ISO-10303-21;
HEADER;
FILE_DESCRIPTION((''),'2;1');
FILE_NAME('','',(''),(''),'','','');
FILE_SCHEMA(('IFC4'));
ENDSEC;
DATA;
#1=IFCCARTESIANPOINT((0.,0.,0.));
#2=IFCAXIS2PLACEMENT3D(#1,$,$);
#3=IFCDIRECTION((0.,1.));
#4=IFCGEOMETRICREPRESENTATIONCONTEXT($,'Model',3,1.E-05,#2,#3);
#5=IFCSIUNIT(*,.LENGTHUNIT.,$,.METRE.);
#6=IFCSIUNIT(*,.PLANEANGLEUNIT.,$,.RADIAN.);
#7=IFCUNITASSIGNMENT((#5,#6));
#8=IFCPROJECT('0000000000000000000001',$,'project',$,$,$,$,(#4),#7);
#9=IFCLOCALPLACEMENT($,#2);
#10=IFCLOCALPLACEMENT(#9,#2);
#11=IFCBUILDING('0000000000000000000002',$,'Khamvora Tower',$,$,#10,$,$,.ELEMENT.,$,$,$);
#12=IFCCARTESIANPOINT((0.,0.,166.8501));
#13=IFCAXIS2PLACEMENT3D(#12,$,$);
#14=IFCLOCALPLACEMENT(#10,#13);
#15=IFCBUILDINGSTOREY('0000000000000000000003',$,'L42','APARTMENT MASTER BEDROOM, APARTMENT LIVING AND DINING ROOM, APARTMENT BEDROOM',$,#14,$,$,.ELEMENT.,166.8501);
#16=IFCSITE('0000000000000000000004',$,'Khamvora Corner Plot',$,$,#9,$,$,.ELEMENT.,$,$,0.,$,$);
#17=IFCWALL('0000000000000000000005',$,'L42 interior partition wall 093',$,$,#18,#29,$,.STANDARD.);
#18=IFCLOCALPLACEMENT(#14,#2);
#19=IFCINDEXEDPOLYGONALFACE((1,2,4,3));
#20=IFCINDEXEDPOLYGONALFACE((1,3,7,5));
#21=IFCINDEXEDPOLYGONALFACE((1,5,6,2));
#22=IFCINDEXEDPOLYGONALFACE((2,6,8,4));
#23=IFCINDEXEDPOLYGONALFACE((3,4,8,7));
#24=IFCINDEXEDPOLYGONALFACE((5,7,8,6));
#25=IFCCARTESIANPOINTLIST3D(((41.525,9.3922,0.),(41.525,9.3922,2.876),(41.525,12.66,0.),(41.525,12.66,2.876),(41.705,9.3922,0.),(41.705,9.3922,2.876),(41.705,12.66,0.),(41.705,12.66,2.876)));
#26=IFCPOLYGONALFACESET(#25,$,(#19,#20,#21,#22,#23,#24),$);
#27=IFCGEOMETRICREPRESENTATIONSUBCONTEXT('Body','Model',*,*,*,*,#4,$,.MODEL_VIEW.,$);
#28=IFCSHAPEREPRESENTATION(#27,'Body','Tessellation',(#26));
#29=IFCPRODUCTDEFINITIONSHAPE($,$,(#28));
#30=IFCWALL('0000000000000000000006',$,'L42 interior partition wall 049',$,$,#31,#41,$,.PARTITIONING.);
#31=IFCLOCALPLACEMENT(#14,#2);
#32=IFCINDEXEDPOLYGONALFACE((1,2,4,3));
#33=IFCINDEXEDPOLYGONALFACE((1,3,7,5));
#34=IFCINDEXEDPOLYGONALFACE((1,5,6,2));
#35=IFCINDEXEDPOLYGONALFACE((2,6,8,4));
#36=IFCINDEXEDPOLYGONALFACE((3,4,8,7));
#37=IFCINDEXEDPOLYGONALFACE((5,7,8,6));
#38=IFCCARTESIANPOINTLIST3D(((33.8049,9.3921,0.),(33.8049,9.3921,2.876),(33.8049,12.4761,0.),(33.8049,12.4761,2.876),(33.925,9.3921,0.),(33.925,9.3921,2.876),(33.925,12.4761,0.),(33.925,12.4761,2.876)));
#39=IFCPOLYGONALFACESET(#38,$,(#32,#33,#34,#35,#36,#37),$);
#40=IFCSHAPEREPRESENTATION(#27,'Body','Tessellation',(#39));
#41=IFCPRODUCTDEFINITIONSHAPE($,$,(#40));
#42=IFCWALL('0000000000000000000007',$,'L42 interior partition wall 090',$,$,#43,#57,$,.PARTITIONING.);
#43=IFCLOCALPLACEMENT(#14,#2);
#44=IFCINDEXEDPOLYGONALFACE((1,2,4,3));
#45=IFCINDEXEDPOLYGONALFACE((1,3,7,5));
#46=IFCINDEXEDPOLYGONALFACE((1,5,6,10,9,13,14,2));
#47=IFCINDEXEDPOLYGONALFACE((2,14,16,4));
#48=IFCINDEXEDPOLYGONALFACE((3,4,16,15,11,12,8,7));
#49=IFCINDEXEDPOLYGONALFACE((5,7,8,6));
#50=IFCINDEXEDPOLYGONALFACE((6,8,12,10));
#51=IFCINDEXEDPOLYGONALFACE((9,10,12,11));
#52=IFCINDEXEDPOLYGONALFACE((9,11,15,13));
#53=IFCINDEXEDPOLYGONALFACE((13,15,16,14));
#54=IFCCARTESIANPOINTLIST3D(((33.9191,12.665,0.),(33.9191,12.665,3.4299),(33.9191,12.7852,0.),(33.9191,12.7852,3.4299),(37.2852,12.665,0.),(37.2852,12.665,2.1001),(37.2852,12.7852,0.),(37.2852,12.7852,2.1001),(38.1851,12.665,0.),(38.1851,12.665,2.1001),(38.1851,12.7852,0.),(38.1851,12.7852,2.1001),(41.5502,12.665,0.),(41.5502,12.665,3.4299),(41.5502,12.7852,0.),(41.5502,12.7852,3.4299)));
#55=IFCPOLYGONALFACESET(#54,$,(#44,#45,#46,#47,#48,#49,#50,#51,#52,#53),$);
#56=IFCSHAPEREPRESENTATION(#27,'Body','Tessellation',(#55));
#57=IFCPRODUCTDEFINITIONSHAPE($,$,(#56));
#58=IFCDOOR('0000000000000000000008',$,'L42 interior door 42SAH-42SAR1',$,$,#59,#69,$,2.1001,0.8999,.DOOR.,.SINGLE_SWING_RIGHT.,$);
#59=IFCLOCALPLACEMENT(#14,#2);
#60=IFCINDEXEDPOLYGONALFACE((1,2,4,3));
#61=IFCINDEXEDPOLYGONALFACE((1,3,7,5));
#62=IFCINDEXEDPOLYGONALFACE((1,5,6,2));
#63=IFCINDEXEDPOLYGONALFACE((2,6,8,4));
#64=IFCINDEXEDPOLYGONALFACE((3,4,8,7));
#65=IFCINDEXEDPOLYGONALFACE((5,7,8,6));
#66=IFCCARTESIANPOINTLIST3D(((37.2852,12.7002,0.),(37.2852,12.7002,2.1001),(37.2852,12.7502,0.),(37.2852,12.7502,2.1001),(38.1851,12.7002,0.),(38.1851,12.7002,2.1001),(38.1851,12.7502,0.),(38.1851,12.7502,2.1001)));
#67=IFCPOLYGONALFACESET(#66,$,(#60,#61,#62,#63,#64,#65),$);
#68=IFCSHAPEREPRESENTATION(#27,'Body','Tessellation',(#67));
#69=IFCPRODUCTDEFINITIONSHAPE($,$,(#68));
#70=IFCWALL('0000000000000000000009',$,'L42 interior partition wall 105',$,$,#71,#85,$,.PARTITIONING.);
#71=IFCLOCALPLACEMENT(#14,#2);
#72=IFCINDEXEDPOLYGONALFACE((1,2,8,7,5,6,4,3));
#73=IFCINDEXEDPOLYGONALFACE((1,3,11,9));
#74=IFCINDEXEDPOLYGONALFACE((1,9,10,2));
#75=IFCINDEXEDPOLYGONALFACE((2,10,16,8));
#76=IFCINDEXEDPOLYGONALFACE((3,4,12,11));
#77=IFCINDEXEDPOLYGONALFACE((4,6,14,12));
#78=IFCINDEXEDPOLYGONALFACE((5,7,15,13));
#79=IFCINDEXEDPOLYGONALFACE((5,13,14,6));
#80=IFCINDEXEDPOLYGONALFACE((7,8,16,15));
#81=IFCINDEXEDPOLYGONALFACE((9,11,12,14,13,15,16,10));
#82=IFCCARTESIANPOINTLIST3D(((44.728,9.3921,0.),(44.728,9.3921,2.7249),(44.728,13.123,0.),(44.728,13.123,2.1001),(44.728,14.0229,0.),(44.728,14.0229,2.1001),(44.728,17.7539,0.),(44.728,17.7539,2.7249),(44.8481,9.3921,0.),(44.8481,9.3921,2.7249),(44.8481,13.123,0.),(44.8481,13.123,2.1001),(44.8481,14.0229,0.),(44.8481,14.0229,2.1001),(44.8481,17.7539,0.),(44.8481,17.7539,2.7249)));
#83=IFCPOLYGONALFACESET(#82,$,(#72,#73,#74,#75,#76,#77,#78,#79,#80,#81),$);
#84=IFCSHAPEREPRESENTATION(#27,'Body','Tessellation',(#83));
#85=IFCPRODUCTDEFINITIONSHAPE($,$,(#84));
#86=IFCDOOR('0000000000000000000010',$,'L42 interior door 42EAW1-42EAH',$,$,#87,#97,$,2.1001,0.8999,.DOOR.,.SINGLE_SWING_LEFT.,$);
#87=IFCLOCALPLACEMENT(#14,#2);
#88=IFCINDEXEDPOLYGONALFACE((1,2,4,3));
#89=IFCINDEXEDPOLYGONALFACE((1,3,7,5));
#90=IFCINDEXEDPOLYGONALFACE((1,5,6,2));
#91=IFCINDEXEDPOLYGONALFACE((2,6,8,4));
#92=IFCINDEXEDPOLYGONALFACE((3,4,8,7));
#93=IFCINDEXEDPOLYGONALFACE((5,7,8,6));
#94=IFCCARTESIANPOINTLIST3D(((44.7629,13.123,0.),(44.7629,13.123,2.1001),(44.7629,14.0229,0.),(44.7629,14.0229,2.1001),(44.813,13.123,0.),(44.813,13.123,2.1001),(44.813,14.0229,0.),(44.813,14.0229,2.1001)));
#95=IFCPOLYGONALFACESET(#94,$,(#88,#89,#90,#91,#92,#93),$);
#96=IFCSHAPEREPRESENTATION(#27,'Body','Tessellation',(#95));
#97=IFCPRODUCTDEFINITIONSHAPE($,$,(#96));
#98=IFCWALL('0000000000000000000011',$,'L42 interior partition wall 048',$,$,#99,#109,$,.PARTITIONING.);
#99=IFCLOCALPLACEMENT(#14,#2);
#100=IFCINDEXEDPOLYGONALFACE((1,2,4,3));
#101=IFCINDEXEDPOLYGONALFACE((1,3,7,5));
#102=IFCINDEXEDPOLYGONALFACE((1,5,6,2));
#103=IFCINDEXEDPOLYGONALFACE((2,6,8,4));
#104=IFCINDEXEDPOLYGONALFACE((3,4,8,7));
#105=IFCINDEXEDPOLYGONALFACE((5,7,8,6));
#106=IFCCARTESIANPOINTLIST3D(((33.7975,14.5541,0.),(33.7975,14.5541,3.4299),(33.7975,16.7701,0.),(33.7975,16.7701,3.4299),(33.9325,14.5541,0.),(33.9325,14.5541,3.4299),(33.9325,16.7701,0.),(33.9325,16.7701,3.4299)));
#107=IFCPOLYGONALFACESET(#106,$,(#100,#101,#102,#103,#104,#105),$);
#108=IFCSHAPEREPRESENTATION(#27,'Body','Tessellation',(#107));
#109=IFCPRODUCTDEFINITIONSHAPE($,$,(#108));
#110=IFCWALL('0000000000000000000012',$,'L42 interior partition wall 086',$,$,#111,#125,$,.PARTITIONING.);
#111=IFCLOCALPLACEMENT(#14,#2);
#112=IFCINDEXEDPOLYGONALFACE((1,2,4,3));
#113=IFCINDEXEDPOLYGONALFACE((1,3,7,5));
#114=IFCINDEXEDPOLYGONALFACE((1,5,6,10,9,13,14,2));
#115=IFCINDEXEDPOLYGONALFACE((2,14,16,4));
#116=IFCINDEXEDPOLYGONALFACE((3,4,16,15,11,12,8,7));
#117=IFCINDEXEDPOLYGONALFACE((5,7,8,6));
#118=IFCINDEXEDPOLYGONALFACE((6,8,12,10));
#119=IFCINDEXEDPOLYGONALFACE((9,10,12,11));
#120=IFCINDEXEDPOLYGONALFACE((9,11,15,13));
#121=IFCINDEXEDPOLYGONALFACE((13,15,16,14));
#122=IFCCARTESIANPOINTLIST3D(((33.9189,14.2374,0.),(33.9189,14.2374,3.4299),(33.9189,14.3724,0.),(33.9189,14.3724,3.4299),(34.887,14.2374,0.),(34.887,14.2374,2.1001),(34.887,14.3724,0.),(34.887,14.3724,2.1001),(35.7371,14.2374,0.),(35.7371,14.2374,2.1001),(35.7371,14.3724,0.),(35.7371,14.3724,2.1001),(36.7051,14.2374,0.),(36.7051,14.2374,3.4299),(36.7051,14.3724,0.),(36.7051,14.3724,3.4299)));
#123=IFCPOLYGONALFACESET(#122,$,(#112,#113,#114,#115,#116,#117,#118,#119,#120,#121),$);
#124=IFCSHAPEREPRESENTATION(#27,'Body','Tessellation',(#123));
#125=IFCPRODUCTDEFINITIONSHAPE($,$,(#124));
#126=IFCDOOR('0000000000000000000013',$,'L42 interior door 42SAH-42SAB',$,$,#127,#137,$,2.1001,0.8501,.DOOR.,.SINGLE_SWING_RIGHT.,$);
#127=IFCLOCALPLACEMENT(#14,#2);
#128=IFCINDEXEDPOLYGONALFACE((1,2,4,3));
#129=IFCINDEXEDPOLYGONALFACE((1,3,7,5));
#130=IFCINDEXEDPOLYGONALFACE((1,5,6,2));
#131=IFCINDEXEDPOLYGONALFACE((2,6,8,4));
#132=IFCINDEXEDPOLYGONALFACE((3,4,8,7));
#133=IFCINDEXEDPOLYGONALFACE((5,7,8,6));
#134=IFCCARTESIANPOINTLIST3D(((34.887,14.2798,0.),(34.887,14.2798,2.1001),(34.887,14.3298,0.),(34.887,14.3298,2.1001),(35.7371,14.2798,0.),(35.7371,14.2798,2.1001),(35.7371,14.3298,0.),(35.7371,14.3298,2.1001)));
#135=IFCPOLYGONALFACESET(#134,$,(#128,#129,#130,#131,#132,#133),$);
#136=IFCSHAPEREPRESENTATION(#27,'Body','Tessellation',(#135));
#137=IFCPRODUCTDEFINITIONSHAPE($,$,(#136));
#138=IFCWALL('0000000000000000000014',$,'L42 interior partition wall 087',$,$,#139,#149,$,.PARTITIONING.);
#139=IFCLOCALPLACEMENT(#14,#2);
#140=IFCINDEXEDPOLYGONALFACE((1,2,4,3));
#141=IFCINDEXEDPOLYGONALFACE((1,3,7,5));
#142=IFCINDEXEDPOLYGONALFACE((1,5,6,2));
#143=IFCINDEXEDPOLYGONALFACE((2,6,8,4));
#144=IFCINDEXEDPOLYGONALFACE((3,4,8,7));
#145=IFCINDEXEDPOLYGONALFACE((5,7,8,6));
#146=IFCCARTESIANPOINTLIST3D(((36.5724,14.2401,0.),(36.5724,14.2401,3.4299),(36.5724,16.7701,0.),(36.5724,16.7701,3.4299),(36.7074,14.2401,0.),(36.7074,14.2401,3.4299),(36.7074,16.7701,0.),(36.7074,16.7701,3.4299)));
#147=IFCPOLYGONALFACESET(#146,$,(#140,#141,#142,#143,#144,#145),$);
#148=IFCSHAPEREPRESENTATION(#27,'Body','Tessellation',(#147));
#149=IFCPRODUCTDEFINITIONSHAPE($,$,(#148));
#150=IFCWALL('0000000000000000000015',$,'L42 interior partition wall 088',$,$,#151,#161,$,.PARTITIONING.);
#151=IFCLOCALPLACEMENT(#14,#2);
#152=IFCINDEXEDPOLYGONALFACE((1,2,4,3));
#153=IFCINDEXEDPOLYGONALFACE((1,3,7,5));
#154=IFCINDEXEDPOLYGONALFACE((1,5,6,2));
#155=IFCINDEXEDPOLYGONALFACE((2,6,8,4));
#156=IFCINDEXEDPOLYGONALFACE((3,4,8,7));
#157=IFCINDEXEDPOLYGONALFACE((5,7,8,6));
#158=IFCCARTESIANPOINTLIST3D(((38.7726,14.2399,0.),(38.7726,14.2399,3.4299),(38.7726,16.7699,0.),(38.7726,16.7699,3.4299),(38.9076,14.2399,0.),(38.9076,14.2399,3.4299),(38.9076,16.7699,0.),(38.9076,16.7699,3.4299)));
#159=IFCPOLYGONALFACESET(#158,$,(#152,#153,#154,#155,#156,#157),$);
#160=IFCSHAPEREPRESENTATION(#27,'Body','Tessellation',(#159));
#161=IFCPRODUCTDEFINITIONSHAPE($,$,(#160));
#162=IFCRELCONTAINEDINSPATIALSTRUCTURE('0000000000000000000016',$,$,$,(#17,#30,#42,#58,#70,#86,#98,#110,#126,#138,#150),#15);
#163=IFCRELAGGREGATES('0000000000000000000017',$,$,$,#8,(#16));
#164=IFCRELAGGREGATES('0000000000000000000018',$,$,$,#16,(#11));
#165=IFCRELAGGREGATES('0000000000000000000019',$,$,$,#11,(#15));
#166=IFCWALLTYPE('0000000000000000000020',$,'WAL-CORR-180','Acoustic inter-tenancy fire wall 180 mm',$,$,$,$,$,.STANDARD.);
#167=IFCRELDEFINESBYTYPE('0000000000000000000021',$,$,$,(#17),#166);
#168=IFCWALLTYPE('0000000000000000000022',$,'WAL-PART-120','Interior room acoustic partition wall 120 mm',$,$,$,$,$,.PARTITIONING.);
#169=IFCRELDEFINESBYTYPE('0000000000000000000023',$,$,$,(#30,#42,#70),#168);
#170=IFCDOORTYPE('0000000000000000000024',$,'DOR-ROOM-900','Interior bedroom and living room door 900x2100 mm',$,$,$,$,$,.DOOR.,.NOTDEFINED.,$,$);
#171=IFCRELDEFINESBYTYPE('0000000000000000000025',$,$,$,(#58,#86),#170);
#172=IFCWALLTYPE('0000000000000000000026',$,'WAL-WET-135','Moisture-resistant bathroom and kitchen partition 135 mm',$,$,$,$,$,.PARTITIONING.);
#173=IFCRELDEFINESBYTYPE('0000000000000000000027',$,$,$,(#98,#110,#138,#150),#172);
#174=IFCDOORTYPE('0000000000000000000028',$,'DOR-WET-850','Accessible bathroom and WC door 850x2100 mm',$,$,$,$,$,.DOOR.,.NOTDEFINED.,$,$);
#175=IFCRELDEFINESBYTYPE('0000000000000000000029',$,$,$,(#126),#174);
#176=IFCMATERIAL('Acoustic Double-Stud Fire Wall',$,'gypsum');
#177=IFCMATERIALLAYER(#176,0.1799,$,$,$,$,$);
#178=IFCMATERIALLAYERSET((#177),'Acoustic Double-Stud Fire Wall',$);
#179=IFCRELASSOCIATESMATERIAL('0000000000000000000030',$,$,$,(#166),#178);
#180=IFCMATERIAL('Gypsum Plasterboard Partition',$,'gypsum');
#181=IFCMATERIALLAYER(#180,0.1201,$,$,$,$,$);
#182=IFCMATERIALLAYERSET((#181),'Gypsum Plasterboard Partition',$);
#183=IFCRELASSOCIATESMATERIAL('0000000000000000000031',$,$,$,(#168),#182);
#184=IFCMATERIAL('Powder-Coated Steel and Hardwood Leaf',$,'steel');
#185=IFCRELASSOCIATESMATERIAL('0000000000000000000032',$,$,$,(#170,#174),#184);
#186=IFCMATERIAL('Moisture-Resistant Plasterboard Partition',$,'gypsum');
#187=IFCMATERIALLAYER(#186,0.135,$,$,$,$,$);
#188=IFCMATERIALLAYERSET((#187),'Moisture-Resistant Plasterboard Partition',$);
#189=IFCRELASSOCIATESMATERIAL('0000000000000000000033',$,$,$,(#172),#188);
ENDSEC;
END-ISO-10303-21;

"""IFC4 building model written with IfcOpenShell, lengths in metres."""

from ifc_helpers import new_model, si_unit, direction, frame, frame_2d, origin, place, context, subcontext, project, spatial, rectangle, extrude, material, layer, layer_set, type_object, element, fill, save


model = new_model("IFC4")

# Units and contexts
model_context = context("Model", 3, precision=1e-05, world=origin(), true_north=direction((0.0, 1.0)))
body_context = subcontext(model_context, "Body", "Model", "MODEL_VIEW")
ifc_project = project(units=[si_unit("LENGTHUNIT", "METRE"), si_unit("PLANEANGLEUNIT", "RADIAN")], contexts=[model_context])

# Site, building, storey
site_placement = place(None, origin())
site = spatial("IfcSite", under=ifc_project, at=site_placement, Name="Khamvora Corner Plot", CompositionType="ELEMENT", RefElevation=0.0)
building_placement = place(site_placement, origin())
building = spatial("IfcBuilding", under=site, at=building_placement, Name="Khamvora Tower", CompositionType="ELEMENT")
storey_placement = place(building_placement, frame((0.0, 0.0, 166.8501)))
storey = spatial("IfcBuildingStorey", under=building, at=storey_placement, Name="L42", Description="APARTMENT MASTER BEDROOM, APARTMENT LIVING AND DINING ROOM, APARTMENT BEDROOM", CompositionType="ELEMENT", Elevation=166.8501)

# Shared definitions
ifc_material_1 = material(Name="Powder-Coated Steel and Hardwood Leaf", Category="steel")

# Walls
ifc_material_2 = material(Name="Acoustic Double-Stud Fire Wall", Category="gypsum")
ifc_layer_1 = layer(ifc_material_2, 0.1799)
ifc_layer_set_1 = layer_set([ifc_layer_1], Name="Acoustic Double-Stud Fire Wall")
wall_type_1 = type_object("IfcWallType", Name="WAL-CORR-180", Description="Acoustic inter-tenancy fire wall 180 mm", PredefinedType="STANDARD", material=ifc_layer_set_1)
wall_1_placement = place(storey_placement, frame((41.615, 12.6599, 0.0), z_axis=(0.0, 0.0, 1.0), x_axis=(0.0, -1.0, 0.0)))
element("IfcWall", 1, at=wall_1_placement, inside=storey, type_object=wall_type_1, Name="L42 interior partition wall 093", PredefinedType="STANDARD", context=body_context, shape_type="SweptSolid", body=[
    extrude(rectangle(XDim=3.2678, YDim=0.1799, at=frame_2d((1.6338, 0.0))), origin(), (0.0, 0.0, 1.0), 2.876),
])
ifc_material_3 = material(Name="Gypsum Plasterboard Partition", Category="gypsum")
ifc_layer_2 = layer(ifc_material_3, 0.1201)
ifc_layer_set_2 = layer_set([ifc_layer_2], Name="Gypsum Plasterboard Partition")
wall_type_2 = type_object("IfcWallType", Name="WAL-PART-120", Description="Interior room acoustic partition wall 120 mm", PredefinedType="PARTITIONING", material=ifc_layer_set_2)
wall_2_placement = place(storey_placement, frame((33.865, 12.4761, 0.0), z_axis=(0.0, 0.0, 1.0), x_axis=(0.0, -1.0, 0.0)))
element("IfcWall", 2, at=wall_2_placement, inside=storey, type_object=wall_type_2, Name="L42 interior partition wall 049", PredefinedType="PARTITIONING", context=body_context, shape_type="SweptSolid", body=[
    extrude(rectangle(XDim=3.084, YDim=0.1201, at=frame_2d((1.542, 0.0))), origin(), (0.0, 0.0, 1.0), 2.876),
])

# Walls, openings, doors
wall_3_placement = place(storey_placement, frame((41.55, 12.7251, 0.0), z_axis=(0.0, 0.0, 1.0), x_axis=(-1.0, 0.0, 0.0)))
wall_3 = element("IfcWall", 3, at=wall_3_placement, inside=storey, type_object=wall_type_2, Name="L42 interior partition wall 090", PredefinedType="PARTITIONING", context=body_context, shape_type="SweptSolid", body=[
    extrude(rectangle(XDim=7.6311, YDim=0.1201, at=frame_2d((3.8154, 0.0))), origin(), (0.0, 0.0, 1.0), 3.4299),
])
opening_1_placement = place(wall_3_placement, frame((3.365, 0.0, 0.0)))
opening_1 = element("IfcOpeningElement", 4, at=opening_1_placement, cuts=wall_3, PredefinedType="OPENING", context=body_context, shape_type="SweptSolid", body=[
    extrude(rectangle(XDim=0.8999, YDim=2.1001, at=frame_2d((0.45, 1.05))), frame((0.0, 0.0701, 0.0), z_axis=(0.0, -1.0, 0.0), x_axis=(1.0, 0.0, 0.0)), (0.0, 0.0, 1.0), 0.1401),
])
door_type_1 = type_object("IfcDoorType", Name="DOR-ROOM-900", Description="Interior bedroom and living room door 900x2100 mm", OperationType="NOTDEFINED", PredefinedType="DOOR", material=ifc_material_1)
door_1_placement = place(opening_1_placement, origin())
door_1 = element("IfcDoor", 5, at=door_1_placement, inside=storey, type_object=door_type_1, Name="L42 interior door 42SAH-42SAR1", OperationType="SINGLE_SWING_RIGHT", OverallHeight=2.1001, OverallWidth=0.8999, PredefinedType="DOOR", context=body_context, shape_type="SweptSolid", body=[
    extrude(rectangle(XDim=0.8999, YDim=2.1001, at=frame_2d((0.45, 1.05))), frame((0.0, 0.0249, 0.0), z_axis=(0.0, -1.0, 0.0), x_axis=(1.0, 0.0, 0.0)), (0.0, 0.0, 1.0), 0.05),
])
fill(opening_1, door_1)
wall_4_placement = place(storey_placement, frame((44.7881, 17.7539, 0.0), z_axis=(0.0, 0.0, 1.0), x_axis=(0.0, -1.0, 0.0)))
wall_4 = element("IfcWall", 6, at=wall_4_placement, inside=storey, type_object=wall_type_2, Name="L42 interior partition wall 105", PredefinedType="PARTITIONING", context=body_context, shape_type="SweptSolid", body=[
    extrude(rectangle(XDim=8.3618, YDim=0.1201, at=frame_2d((4.1809, 0.0))), origin(), (0.0, 0.0, 1.0), 2.7249),
])
opening_2_placement = place(wall_4_placement, frame((3.731, 0.0, 0.0)))
opening_2 = element("IfcOpeningElement", 7, at=opening_2_placement, cuts=wall_4, PredefinedType="OPENING", context=body_context, shape_type="SweptSolid", body=[
    extrude(rectangle(XDim=0.8999, YDim=2.1001, at=frame_2d((0.45, 1.05))), frame((0.0, 0.0701, 0.0), z_axis=(0.0, -1.0, 0.0), x_axis=(1.0, 0.0, 0.0)), (0.0, 0.0, 1.0), 0.1401),
])
door_2_placement = place(opening_2_placement, origin())
door_2 = element("IfcDoor", 8, at=door_2_placement, inside=storey, type_object=door_type_1, Name="L42 interior door 42EAW1-42EAH", OperationType="SINGLE_SWING_LEFT", OverallHeight=2.1001, OverallWidth=0.8999, PredefinedType="DOOR", context=body_context, shape_type="SweptSolid", body=[
    extrude(rectangle(XDim=0.8999, YDim=2.1001, at=frame_2d((0.45, 1.05))), frame((0.0, 0.0249, 0.0), z_axis=(0.0, -1.0, 0.0), x_axis=(1.0, 0.0, 0.0)), (0.0, 0.0, 1.0), 0.05),
])
fill(opening_2, door_2)

# Wall
ifc_material_4 = material(Name="Moisture-Resistant Plasterboard Partition", Category="gypsum")
ifc_layer_3 = layer(ifc_material_4, 0.135)
ifc_layer_set_3 = layer_set([ifc_layer_3], Name="Moisture-Resistant Plasterboard Partition")
wall_type_3 = type_object("IfcWallType", Name="WAL-WET-135", Description="Moisture-resistant bathroom and kitchen partition 135 mm", PredefinedType="PARTITIONING", material=ifc_layer_set_3)
wall_5_placement = place(storey_placement, frame((33.865, 16.77, 0.0), z_axis=(0.0, 0.0, 1.0), x_axis=(0.0, -1.0, 0.0)))
element("IfcWall", 9, at=wall_5_placement, inside=storey, type_object=wall_type_3, Name="L42 interior partition wall 048", PredefinedType="PARTITIONING", context=body_context, shape_type="SweptSolid", body=[
    extrude(rectangle(XDim=2.2161, YDim=0.135, at=frame_2d((1.1079, 0.0))), origin(), (0.0, 0.0, 1.0), 3.4299),
])

# Wall, opening, door
wall_6_placement = place(storey_placement, frame((33.9189, 14.3049, 0.0), z_axis=(0.0, 0.0, 1.0), x_axis=(1.0, 0.0, 0.0)))
wall_6 = element("IfcWall", 10, at=wall_6_placement, inside=storey, type_object=wall_type_3, Name="L42 interior partition wall 086", PredefinedType="PARTITIONING", context=body_context, shape_type="SweptSolid", body=[
    extrude(rectangle(XDim=2.7861, YDim=0.135, at=frame_2d((1.3931, 0.0))), origin(), (0.0, 0.0, 1.0), 3.4299),
])
opening_3_placement = place(wall_6_placement, frame((0.968, 0.0, 0.0)))
opening_3 = element("IfcOpeningElement", 11, at=opening_3_placement, cuts=wall_6, PredefinedType="OPENING", context=body_context, shape_type="SweptSolid", body=[
    extrude(rectangle(XDim=0.8501, YDim=2.1001, at=frame_2d((0.425, 1.05))), frame((0.0, 0.0774, 0.0), z_axis=(0.0, -1.0, 0.0), x_axis=(1.0, 0.0, 0.0)), (0.0, 0.0, 1.0), 0.155),
])
door_type_2 = type_object("IfcDoorType", Name="DOR-WET-850", Description="Accessible bathroom and WC door 850x2100 mm", OperationType="NOTDEFINED", PredefinedType="DOOR", material=ifc_material_1)
door_3_placement = place(opening_3_placement, origin())
door_3 = element("IfcDoor", 12, at=door_3_placement, inside=storey, type_object=door_type_2, Name="L42 interior door 42SAH-42SAB", OperationType="SINGLE_SWING_RIGHT", OverallHeight=2.1001, OverallWidth=0.8501, PredefinedType="DOOR", context=body_context, shape_type="SweptSolid", body=[
    extrude(rectangle(XDim=0.8501, YDim=2.1001, at=frame_2d((0.425, 1.05))), frame((0.0, 0.0249, 0.0), z_axis=(0.0, -1.0, 0.0), x_axis=(1.0, 0.0, 0.0)), (0.0, 0.0, 1.0), 0.05),
])
fill(opening_3, door_3)

# Walls
for number, where, z_axis, x_axis, name in (
    (13, (36.6399, 14.24, 0.0), (0.0, 0.0, 1.0), (0.0, 1.0, 0.0), "L42 interior partition wall 087"),
    (14, (38.8401, 16.77, 0.0), (0.0, 0.0, 1.0), (0.0, -1.0, 0.0), "L42 interior partition wall 088"),
):
    element("IfcWall", number, at=place(storey_placement, frame(where, z_axis=z_axis, x_axis=x_axis)), inside=storey, type_object=wall_type_3, Name=name, PredefinedType="PARTITIONING", context=body_context, shape_type="SweptSolid", body=[
        extrude(rectangle(XDim=2.53, YDim=0.135, at=frame_2d((1.2651, 0.0))), origin(), (0.0, 0.0, 1.0), 3.4299),
    ])

save(model, "model.ifc")
